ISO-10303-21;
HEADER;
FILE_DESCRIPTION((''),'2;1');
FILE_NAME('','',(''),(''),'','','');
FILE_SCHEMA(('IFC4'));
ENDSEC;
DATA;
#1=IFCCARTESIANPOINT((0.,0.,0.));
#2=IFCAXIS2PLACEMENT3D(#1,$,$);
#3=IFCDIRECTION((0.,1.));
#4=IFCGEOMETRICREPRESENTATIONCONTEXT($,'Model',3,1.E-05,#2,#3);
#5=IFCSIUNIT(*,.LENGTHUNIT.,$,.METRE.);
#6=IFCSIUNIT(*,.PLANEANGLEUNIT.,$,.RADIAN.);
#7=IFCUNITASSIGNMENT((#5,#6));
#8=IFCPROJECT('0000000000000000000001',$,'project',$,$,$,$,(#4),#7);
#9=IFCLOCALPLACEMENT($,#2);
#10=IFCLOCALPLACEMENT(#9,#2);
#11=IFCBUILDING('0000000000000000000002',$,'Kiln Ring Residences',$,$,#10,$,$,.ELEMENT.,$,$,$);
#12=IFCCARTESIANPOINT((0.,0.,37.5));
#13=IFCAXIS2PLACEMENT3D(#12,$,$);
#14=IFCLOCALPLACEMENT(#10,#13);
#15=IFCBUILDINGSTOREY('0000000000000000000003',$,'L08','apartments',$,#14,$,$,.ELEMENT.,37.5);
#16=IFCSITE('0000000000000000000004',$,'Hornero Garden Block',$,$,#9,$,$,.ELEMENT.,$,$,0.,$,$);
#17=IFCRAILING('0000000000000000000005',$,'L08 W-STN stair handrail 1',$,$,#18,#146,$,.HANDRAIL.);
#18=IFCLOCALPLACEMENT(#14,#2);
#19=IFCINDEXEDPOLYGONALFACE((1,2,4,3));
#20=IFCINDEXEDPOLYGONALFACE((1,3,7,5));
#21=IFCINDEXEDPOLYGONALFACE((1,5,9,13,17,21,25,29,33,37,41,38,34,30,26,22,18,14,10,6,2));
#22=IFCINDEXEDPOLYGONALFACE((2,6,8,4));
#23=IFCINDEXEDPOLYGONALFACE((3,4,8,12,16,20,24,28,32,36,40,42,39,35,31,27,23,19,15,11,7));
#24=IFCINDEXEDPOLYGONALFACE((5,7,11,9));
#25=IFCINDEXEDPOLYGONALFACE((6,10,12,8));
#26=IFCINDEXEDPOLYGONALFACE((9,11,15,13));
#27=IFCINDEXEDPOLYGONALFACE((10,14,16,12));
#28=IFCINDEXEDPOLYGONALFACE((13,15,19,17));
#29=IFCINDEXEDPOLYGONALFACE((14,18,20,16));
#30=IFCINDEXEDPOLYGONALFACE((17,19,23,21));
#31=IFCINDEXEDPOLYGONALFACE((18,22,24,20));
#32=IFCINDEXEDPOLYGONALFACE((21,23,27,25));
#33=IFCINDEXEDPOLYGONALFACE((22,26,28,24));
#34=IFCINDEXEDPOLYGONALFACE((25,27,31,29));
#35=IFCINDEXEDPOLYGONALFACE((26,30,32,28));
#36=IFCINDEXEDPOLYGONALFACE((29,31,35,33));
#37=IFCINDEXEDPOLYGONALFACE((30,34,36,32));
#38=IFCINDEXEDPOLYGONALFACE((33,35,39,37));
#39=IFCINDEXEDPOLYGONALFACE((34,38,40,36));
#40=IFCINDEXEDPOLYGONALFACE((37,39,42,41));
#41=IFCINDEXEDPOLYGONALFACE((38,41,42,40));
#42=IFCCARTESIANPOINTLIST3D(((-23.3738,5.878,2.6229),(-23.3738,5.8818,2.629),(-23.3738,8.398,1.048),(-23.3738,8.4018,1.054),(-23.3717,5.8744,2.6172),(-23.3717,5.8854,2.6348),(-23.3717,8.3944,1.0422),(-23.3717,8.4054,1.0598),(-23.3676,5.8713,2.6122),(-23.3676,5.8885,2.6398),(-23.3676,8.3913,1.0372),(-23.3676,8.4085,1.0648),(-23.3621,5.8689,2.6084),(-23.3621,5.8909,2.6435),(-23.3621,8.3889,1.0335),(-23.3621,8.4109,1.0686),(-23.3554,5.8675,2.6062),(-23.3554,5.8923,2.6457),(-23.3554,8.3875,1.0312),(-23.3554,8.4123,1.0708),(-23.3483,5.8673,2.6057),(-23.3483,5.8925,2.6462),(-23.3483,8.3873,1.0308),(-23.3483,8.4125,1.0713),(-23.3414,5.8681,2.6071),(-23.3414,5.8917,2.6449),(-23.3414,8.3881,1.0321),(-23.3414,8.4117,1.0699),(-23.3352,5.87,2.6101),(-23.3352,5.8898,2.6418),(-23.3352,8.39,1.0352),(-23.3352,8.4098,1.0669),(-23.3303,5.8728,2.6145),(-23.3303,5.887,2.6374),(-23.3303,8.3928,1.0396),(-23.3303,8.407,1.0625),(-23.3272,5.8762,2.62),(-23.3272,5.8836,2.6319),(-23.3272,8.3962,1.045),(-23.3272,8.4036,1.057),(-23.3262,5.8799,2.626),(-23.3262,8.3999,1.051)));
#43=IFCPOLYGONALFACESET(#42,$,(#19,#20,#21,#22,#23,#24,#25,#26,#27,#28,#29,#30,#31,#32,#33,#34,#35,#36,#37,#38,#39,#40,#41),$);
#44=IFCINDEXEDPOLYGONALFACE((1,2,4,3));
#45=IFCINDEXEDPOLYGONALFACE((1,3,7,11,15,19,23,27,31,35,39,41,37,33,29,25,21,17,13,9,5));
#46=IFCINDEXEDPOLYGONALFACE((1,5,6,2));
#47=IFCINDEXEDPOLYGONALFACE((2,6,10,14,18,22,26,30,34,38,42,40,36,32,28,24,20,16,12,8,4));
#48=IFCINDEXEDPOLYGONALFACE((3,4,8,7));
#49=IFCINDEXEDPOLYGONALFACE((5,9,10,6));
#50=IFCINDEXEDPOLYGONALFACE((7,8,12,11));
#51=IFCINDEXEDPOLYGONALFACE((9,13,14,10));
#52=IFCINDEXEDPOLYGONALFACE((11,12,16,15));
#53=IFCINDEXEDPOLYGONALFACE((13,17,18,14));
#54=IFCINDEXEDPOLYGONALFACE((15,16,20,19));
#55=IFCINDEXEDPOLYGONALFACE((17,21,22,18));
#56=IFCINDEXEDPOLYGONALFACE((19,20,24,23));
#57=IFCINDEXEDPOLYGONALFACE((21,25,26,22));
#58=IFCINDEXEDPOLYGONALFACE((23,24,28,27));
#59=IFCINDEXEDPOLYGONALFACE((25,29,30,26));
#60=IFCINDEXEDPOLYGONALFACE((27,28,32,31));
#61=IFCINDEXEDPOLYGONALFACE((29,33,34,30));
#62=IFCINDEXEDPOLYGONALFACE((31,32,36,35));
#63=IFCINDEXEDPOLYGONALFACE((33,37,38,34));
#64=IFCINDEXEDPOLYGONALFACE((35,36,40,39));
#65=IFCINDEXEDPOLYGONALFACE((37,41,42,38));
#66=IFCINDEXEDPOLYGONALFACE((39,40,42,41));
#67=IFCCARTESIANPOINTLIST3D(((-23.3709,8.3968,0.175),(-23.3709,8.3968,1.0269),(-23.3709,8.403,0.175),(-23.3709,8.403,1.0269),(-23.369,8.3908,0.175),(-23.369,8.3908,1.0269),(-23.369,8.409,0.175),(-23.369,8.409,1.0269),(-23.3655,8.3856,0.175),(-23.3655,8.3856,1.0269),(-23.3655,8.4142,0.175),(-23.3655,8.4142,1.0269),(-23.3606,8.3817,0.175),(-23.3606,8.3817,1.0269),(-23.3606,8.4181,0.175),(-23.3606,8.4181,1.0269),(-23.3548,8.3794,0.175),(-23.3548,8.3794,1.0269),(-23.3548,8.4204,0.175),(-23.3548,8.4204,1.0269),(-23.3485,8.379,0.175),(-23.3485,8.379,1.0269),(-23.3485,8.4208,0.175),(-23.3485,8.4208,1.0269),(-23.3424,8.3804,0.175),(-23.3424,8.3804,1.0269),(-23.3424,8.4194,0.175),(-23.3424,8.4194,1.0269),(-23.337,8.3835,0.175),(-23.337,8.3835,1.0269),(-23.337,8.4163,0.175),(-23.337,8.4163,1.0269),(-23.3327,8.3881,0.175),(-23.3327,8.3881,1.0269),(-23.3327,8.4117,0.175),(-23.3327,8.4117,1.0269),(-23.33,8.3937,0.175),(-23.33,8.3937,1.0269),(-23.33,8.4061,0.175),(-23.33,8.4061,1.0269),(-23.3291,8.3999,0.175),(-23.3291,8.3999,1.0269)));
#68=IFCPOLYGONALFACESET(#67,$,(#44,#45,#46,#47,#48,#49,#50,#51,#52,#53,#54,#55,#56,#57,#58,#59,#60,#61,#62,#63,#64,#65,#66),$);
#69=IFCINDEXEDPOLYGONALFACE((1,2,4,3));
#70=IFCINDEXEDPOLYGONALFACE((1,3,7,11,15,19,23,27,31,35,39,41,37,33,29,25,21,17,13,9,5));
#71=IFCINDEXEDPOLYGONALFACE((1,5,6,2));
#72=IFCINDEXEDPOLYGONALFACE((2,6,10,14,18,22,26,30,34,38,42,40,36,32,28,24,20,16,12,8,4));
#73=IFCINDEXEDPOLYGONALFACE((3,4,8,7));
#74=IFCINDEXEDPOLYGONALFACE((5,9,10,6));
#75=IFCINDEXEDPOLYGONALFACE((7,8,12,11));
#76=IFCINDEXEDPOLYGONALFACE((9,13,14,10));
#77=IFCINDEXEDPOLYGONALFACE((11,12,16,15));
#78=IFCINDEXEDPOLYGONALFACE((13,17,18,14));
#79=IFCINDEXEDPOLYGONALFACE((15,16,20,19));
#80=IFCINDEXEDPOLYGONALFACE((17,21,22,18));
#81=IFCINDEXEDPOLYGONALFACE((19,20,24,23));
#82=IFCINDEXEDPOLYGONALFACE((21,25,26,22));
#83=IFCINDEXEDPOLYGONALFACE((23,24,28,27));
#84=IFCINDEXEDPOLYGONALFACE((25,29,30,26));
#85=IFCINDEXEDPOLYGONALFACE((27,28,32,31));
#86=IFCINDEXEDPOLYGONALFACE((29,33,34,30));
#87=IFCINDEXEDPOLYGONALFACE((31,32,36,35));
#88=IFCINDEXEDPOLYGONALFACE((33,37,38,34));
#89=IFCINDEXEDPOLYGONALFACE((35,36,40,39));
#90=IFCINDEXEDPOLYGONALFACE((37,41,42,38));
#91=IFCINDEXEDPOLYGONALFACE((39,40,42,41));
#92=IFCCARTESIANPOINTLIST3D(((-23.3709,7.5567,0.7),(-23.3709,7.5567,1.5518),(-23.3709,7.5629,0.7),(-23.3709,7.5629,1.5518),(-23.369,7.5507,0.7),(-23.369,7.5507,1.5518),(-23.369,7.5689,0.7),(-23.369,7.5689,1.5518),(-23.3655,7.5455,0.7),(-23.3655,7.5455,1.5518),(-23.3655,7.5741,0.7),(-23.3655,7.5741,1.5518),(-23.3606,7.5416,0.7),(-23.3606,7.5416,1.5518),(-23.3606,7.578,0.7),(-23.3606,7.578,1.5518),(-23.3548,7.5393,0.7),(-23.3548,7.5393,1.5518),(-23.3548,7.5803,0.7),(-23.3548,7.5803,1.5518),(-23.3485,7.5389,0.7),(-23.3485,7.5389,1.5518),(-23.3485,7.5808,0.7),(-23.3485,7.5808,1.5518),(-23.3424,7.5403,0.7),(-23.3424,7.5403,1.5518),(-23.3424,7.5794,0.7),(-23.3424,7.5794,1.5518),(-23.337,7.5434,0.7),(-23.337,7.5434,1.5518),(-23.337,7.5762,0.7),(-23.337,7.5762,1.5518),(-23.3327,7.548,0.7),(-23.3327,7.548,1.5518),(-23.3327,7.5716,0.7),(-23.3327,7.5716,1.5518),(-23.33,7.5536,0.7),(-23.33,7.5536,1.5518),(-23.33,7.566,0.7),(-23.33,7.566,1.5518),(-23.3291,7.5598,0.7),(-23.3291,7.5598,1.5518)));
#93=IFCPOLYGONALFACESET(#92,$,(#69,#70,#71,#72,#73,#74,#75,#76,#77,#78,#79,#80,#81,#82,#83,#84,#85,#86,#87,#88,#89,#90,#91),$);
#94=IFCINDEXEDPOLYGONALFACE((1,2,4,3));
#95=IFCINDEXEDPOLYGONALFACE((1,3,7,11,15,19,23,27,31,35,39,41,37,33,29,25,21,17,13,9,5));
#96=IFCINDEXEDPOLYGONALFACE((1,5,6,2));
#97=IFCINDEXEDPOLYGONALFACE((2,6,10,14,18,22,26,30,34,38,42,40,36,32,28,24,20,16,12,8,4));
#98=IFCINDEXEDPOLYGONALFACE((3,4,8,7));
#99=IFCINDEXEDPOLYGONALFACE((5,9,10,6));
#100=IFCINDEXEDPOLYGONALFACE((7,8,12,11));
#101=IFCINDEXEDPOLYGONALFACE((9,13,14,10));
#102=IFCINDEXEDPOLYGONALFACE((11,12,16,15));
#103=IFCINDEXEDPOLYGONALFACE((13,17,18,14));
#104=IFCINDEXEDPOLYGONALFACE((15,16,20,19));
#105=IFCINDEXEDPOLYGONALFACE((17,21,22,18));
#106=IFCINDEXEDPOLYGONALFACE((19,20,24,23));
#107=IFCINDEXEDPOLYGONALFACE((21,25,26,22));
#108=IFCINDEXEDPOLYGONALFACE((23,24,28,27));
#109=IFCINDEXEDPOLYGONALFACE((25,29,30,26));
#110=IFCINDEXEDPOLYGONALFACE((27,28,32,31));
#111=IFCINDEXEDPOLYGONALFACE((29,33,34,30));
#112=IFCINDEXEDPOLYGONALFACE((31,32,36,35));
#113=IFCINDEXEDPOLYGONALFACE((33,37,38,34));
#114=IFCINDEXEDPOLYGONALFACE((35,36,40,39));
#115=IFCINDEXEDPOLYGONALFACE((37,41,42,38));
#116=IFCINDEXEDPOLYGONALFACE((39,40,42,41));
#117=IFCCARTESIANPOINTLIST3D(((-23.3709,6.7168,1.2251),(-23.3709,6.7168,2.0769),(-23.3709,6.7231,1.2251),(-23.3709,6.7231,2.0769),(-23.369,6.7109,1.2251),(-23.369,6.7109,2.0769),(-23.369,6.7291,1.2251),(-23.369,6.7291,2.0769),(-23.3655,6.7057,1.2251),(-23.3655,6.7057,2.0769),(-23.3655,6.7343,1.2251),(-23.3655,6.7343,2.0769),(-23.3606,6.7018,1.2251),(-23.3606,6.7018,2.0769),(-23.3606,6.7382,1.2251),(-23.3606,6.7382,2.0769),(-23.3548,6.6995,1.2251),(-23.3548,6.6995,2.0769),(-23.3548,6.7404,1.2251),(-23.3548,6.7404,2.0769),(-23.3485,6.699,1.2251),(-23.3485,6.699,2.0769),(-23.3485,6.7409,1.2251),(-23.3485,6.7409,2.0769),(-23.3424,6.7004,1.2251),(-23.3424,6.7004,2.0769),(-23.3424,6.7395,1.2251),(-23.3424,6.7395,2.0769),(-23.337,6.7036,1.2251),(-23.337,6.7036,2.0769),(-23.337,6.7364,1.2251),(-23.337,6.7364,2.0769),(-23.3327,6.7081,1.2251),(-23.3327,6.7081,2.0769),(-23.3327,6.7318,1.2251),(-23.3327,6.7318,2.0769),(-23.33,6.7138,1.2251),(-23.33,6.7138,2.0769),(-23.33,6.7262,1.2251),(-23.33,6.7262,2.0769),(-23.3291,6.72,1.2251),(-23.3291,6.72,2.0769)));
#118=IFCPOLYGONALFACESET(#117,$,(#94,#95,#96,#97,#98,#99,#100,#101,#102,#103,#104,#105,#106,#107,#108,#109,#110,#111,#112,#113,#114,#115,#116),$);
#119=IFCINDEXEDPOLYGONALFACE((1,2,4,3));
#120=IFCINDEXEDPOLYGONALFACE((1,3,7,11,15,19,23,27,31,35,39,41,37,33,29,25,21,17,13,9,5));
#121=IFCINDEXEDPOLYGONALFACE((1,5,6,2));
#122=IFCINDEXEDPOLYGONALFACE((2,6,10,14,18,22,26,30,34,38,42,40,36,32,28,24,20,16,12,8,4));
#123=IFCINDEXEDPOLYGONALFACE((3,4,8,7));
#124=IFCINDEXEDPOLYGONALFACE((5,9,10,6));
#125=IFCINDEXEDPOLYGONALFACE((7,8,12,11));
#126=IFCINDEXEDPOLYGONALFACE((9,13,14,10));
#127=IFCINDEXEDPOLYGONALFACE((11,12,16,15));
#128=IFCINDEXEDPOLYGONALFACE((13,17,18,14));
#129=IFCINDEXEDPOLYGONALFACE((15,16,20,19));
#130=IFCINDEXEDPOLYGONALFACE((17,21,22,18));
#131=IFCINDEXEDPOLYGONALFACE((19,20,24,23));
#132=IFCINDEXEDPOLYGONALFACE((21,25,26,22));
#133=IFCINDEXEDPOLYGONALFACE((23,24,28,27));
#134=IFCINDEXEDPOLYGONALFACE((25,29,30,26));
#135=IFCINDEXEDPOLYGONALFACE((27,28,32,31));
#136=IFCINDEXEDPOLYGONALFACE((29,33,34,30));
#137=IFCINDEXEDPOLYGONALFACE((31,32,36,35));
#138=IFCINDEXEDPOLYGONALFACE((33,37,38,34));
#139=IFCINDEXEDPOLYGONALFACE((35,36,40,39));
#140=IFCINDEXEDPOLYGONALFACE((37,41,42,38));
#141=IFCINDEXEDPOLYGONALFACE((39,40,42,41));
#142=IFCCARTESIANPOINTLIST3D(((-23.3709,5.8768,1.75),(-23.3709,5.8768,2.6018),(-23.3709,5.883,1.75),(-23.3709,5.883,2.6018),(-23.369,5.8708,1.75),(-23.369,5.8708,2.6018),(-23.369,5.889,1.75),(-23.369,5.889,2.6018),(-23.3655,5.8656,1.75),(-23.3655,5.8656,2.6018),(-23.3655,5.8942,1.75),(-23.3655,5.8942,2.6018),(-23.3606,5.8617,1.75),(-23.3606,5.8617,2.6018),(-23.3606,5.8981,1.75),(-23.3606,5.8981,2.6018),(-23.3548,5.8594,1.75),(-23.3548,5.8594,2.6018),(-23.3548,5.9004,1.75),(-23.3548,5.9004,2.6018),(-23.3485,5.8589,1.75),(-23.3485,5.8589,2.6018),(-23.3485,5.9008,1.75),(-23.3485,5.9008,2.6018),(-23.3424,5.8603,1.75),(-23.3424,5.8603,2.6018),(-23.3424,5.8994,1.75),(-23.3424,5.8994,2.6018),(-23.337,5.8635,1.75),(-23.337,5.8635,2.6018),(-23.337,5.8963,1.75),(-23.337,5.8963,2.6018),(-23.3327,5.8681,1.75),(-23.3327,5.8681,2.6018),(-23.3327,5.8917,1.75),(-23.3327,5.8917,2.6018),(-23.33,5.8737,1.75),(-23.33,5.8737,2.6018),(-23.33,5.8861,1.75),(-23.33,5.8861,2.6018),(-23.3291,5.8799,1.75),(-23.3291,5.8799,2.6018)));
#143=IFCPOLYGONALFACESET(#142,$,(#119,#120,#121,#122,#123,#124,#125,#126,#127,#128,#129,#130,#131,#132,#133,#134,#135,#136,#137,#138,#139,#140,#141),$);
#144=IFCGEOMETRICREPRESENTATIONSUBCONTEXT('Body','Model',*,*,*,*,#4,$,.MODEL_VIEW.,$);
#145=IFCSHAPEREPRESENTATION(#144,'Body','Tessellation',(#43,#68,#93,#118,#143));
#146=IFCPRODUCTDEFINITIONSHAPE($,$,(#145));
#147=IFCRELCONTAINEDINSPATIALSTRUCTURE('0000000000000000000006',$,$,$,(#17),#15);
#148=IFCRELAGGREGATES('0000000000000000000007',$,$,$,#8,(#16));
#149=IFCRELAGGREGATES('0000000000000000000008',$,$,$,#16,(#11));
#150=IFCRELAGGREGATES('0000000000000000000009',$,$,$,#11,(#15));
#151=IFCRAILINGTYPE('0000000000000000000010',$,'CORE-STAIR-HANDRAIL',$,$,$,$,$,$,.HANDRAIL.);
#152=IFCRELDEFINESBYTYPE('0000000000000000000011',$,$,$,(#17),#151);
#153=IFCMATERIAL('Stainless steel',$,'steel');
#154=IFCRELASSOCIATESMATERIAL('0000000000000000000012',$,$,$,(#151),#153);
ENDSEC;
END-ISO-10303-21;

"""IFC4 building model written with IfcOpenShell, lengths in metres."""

from ifc_helpers import new_model, si_unit, direction, frame, origin, origin_2d, place, context, subcontext, project, spatial, circle, extrude, material, type_object, element, save


model = new_model("IFC4")

# Units and contexts
model_context = context("Model", 3, precision=1e-05, world=origin(), true_north=direction((0.0, 1.0)))
body_context = subcontext(model_context, "Body", "Model", "MODEL_VIEW")
ifc_project = project(units=[si_unit("LENGTHUNIT", "METRE"), si_unit("PLANEANGLEUNIT", "RADIAN")], contexts=[model_context])

# Site, building, storey
site_placement = place(None, origin())
site = spatial("IfcSite", under=ifc_project, at=site_placement, Name="Hornero Garden Block", CompositionType="ELEMENT", RefElevation=0.0)
building_placement = place(site_placement, origin())
building = spatial("IfcBuilding", under=site, at=building_placement, Name="Kiln Ring Residences", CompositionType="ELEMENT")
storey_placement = place(building_placement, frame((0.0, 0.0, 37.5)))
storey = spatial("IfcBuildingStorey", under=building, at=storey_placement, Name="L08", Description="apartments", CompositionType="ELEMENT", Elevation=37.5)

# Railing
ifc_material_1 = material(Name="Stainless steel", Category="steel")
railing_type_1 = type_object("IfcRailingType", Name="CORE-STAIR-HANDRAIL", PredefinedType="HANDRAIL", material=ifc_material_1)
railing_1_placement = place(storey_placement, frame((-23.3501, 8.3999, 0.175)))
element("IfcRailing", 1, at=railing_1_placement, inside=storey, type_object=railing_type_1, Name="L08 W-STN stair handrail 1", PredefinedType="HANDRAIL", context=body_context, shape_type="SweptSolid", body=[
    extrude(circle(Radius=0.0239, at=origin_2d()), frame((0.0, 0.0, 0.876), z_axis=(0.0, -0.848008, 0.529984), x_axis=(1.0, 0.0, 0.0)), (0.0, 0.0, 1.0), 2.9717),
    extrude(circle(Radius=0.021, at=origin_2d()), origin(), (0.0, 0.0, 1.0), 0.8518),
    extrude(circle(Radius=0.021, at=origin_2d()), frame((0.0, -0.8401, 0.5249)), (0.0, 0.0, 1.0), 0.8518),
    extrude(circle(Radius=0.021, at=origin_2d()), frame((0.0, -1.6799, 1.05)), (0.0, 0.0, 1.0), 0.8518),
    extrude(circle(Radius=0.021, at=origin_2d()), frame((0.0, -2.52, 1.575)), (0.0, 0.0, 1.0), 0.8518),
])

save(model, "model.ifc")
